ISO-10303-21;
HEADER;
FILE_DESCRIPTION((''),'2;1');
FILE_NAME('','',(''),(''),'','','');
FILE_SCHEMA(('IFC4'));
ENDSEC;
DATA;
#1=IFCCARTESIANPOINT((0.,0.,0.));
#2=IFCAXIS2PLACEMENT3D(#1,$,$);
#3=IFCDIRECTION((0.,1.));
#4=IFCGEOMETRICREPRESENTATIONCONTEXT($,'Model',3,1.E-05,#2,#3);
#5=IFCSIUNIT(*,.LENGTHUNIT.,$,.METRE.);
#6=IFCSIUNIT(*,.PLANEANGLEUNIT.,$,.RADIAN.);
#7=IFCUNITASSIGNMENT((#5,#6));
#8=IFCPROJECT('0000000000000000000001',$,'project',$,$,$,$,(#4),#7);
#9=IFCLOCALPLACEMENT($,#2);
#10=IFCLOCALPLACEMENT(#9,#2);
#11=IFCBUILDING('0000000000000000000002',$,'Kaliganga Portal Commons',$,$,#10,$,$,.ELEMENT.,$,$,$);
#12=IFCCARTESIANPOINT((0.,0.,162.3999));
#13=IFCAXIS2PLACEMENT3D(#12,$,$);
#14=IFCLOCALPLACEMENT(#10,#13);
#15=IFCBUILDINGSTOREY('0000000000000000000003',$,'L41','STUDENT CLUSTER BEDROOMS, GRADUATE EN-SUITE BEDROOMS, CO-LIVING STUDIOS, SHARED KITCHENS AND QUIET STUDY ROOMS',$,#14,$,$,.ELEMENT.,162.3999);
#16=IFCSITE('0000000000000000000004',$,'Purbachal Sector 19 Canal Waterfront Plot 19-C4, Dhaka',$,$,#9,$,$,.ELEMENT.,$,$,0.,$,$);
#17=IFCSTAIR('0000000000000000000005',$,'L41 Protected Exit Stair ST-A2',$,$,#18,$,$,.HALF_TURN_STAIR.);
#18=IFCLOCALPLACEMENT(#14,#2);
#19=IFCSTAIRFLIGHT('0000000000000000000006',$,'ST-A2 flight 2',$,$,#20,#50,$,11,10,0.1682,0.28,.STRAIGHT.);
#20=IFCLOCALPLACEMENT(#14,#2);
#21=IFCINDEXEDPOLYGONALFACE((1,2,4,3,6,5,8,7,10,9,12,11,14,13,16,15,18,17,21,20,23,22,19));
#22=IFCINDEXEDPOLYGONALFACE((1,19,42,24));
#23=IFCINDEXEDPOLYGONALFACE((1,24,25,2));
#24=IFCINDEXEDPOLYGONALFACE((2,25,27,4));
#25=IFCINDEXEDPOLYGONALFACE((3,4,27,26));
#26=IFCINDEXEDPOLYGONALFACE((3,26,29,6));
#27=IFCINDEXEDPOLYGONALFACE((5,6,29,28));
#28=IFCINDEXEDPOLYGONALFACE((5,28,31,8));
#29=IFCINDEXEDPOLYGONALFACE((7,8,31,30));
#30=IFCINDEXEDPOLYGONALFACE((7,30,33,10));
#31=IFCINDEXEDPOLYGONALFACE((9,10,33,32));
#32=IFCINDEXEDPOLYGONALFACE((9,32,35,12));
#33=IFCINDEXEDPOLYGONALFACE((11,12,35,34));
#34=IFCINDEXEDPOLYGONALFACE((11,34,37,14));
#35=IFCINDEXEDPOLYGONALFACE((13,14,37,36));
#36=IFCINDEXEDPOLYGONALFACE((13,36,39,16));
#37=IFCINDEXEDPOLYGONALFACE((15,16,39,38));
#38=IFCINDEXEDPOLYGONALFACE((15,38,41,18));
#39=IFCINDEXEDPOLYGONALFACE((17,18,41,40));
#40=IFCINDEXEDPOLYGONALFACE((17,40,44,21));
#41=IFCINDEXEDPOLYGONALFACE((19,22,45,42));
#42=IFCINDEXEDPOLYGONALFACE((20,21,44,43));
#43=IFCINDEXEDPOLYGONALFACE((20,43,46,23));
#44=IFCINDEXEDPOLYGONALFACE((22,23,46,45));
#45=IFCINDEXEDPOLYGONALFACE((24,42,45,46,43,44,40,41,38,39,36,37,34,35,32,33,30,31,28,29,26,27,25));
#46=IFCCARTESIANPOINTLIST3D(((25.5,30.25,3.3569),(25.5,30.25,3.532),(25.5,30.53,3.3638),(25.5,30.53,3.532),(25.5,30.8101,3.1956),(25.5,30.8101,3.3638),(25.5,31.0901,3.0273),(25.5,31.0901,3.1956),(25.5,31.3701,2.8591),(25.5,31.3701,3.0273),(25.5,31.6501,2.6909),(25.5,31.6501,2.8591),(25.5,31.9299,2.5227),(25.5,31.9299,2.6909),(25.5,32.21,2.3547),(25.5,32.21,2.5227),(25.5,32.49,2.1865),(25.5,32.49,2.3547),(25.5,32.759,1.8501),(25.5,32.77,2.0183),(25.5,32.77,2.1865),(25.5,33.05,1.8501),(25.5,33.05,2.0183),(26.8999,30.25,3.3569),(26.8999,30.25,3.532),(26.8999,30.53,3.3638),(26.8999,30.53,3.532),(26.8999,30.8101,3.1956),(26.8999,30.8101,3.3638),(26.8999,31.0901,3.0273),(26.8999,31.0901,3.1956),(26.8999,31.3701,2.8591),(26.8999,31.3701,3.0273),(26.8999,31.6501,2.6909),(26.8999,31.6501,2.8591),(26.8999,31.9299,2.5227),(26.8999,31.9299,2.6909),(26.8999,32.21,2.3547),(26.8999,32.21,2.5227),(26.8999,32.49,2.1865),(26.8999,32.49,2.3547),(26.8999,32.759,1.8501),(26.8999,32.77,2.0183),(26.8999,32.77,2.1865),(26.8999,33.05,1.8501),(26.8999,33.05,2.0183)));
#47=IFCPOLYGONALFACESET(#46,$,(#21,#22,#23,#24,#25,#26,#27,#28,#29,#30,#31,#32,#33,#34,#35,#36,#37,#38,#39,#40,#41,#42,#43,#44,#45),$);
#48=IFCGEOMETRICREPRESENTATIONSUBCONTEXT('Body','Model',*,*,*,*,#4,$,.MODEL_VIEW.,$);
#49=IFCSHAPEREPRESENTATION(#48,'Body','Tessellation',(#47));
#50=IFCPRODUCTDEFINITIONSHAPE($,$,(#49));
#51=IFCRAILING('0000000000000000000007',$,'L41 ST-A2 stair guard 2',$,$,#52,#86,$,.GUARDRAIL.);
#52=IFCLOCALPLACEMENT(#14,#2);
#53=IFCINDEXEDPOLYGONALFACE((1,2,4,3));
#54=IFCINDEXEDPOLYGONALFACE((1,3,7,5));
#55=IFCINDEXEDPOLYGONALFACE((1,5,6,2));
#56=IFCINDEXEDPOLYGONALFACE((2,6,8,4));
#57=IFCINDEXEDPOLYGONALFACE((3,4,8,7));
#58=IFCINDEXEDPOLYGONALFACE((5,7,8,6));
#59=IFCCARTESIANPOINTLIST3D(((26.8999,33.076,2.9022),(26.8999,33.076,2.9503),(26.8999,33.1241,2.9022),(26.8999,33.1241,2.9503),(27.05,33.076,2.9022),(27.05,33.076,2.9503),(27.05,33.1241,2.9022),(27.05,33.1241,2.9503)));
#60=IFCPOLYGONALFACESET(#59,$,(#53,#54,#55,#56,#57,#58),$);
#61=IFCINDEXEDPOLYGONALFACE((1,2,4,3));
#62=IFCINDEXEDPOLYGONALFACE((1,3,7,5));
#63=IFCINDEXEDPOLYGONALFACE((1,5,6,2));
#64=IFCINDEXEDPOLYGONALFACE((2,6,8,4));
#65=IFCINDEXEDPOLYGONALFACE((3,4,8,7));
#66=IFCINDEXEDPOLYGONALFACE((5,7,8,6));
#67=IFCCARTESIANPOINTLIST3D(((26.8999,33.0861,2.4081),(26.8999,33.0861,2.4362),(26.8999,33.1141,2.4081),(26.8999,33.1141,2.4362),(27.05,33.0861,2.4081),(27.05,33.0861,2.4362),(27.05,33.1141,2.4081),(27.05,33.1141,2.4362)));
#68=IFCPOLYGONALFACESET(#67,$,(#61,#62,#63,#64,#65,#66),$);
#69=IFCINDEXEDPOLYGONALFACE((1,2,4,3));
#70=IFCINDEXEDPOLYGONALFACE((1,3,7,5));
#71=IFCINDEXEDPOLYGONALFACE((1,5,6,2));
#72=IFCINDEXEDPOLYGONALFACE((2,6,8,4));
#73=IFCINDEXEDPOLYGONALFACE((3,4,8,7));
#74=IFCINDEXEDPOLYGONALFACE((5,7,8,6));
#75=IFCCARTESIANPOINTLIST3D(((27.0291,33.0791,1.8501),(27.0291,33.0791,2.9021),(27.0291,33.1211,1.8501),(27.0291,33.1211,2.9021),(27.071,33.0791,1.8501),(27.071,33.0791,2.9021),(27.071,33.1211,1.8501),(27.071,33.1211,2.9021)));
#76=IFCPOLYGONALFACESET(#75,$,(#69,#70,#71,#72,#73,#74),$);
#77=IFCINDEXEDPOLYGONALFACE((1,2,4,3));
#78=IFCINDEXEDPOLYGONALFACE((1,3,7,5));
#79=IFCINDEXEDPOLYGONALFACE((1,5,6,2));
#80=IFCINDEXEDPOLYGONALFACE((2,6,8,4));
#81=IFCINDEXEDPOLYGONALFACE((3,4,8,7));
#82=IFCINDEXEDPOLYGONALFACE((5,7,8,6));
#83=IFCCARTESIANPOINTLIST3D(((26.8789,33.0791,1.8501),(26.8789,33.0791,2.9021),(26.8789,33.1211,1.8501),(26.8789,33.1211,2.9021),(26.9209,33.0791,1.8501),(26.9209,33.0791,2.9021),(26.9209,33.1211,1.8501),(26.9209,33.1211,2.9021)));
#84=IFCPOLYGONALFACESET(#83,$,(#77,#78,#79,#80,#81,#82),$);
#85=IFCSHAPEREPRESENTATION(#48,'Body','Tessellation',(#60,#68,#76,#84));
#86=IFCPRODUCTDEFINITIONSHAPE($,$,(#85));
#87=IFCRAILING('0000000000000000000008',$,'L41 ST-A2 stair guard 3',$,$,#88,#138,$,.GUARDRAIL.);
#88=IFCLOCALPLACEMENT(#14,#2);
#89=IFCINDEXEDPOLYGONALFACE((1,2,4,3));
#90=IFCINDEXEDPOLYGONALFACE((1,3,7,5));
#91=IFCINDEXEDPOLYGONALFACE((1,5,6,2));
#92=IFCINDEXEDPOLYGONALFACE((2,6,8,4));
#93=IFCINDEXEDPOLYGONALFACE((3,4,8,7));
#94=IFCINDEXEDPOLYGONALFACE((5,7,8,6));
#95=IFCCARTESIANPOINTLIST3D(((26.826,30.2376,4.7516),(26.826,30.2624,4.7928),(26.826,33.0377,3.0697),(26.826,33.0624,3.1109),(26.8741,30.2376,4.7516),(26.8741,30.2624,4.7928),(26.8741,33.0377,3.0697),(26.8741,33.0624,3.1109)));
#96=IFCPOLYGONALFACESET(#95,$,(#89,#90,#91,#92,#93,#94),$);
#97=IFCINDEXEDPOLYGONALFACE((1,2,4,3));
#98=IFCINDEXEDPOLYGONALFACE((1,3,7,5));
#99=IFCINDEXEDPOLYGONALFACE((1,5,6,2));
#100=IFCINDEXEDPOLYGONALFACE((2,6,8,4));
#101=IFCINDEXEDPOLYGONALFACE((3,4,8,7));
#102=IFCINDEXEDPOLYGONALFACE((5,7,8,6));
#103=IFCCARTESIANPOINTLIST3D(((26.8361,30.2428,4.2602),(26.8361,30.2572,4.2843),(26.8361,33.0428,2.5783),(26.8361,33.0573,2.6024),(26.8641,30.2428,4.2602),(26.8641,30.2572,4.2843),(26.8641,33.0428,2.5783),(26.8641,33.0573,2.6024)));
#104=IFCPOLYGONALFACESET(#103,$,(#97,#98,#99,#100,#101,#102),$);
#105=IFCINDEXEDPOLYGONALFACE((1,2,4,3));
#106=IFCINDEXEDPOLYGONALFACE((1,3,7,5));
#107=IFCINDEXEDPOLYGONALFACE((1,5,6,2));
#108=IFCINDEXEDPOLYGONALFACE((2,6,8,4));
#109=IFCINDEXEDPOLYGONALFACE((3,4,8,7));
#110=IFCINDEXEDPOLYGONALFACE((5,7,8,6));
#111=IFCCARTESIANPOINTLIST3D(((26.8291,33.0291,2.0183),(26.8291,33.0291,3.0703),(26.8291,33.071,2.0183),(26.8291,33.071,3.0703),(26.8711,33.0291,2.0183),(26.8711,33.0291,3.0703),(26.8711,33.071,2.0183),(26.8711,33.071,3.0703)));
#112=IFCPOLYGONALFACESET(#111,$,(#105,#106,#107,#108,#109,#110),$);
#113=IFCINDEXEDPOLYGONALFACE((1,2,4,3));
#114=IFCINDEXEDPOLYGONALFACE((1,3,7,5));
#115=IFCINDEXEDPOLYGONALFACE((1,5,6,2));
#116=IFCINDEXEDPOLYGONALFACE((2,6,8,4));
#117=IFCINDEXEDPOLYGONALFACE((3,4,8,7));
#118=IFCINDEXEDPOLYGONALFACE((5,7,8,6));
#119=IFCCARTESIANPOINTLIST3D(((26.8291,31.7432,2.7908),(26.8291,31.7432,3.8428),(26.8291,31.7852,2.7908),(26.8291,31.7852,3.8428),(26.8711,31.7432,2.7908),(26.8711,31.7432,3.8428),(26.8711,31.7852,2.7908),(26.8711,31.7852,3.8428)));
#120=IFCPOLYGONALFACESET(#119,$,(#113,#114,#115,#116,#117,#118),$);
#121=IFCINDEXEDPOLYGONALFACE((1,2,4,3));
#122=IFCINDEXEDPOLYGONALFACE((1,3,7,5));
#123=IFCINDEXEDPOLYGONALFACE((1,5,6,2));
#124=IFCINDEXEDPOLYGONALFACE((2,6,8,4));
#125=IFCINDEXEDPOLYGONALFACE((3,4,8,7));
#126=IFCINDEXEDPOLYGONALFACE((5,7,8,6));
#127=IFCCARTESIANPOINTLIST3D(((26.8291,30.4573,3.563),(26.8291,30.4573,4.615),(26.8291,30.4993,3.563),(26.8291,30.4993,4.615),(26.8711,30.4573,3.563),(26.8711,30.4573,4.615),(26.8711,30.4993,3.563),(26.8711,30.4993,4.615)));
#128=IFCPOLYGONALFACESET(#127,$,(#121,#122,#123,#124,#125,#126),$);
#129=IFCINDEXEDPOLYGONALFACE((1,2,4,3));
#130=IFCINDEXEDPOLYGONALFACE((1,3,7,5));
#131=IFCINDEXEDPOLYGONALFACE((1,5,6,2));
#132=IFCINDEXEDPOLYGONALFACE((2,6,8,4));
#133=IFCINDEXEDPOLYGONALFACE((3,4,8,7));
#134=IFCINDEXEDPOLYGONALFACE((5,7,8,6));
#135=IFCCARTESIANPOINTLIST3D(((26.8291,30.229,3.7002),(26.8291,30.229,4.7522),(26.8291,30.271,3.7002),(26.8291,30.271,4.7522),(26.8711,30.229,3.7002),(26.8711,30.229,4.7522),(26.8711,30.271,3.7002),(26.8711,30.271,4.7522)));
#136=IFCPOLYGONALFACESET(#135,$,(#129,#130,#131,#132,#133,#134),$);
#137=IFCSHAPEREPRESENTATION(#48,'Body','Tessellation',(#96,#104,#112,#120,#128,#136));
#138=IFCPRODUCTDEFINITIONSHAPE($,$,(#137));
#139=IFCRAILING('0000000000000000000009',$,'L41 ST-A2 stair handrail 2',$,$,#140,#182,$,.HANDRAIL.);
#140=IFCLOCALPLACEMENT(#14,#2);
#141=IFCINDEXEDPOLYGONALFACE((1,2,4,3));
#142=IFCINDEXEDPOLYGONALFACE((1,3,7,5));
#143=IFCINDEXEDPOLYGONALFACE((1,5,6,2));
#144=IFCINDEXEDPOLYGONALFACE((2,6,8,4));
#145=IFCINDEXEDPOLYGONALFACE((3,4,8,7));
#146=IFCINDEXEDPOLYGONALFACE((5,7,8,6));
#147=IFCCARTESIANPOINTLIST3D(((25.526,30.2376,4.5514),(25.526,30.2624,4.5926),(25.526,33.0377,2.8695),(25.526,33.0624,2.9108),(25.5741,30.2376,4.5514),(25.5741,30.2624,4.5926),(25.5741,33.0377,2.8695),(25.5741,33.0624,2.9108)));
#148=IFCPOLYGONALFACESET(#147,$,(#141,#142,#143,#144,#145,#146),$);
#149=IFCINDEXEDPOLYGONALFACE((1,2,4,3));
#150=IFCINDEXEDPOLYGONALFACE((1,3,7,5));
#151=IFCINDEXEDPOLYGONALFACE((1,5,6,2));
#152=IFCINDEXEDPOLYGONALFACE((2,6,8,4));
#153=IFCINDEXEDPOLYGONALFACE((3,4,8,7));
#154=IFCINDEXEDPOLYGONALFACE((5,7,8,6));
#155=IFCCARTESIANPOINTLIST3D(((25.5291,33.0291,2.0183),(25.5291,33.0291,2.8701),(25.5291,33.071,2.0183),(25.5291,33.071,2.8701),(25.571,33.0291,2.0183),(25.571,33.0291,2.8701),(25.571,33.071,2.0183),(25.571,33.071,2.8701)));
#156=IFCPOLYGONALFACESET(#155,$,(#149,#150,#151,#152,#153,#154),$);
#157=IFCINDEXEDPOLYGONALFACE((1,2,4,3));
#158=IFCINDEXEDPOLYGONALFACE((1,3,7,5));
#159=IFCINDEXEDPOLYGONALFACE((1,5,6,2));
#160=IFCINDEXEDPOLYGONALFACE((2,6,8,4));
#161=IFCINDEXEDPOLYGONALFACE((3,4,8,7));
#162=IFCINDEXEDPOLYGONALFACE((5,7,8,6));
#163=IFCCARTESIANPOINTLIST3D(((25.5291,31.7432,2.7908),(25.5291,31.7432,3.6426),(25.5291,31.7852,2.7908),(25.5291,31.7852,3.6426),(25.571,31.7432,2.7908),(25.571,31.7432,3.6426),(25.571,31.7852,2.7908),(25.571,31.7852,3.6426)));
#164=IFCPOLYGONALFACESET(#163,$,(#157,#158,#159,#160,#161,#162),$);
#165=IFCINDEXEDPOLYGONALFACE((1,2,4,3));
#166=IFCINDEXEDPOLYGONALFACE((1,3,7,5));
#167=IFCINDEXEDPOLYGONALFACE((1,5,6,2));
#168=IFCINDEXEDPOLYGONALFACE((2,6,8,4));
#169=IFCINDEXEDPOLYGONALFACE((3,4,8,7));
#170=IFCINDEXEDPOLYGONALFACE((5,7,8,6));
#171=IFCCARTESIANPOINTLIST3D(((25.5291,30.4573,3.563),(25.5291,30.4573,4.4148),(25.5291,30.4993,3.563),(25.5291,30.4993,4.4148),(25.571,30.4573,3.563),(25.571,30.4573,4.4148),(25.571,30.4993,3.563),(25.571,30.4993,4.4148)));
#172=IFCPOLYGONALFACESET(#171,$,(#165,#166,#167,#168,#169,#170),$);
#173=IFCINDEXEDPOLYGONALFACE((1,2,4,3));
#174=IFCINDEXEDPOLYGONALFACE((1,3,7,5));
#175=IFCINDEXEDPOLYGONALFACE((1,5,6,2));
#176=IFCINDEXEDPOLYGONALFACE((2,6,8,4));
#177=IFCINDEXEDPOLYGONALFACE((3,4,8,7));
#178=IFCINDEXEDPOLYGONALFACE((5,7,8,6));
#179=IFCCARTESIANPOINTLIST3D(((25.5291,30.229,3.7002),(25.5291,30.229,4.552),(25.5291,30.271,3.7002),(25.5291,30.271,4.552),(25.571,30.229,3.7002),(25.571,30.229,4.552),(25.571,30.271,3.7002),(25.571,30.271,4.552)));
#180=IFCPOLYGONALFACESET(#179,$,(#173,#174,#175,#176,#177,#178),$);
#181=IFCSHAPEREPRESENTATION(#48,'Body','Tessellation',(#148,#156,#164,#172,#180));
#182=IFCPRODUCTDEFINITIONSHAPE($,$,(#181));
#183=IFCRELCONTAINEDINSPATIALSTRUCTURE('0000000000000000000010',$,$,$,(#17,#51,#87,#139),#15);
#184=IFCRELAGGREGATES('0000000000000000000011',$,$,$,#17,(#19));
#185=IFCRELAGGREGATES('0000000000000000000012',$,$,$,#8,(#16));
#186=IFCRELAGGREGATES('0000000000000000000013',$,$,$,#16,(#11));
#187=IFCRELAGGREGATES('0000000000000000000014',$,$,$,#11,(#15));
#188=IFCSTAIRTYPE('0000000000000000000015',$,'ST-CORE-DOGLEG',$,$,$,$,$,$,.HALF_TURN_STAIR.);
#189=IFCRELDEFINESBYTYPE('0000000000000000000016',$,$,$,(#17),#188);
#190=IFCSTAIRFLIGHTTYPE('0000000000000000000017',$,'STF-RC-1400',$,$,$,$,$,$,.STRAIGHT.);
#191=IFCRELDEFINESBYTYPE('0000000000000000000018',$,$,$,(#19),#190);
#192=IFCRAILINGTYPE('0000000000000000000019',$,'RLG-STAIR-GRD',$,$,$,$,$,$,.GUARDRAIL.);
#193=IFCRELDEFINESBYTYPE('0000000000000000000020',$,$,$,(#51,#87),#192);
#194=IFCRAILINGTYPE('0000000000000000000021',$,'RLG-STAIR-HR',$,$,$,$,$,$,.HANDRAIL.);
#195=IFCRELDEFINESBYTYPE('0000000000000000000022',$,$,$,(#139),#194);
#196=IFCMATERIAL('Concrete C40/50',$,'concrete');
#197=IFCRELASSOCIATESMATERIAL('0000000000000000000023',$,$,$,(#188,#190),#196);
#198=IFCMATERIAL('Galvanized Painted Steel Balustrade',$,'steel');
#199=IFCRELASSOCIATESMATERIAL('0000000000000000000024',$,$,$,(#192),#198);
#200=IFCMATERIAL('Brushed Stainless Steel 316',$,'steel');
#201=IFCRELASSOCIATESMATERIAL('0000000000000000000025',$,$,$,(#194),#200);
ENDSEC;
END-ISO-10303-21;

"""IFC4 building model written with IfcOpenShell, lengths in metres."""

from ifc_helpers import new_model, si_unit, direction, frame, origin, origin_2d, place, context, subcontext, project, spatial, polyline, rectangle, outline, extrude, material, type_object, element, aggregate, save


model = new_model("IFC4")

# Units and contexts
model_context = context("Model", 3, precision=1e-05, world=origin(), true_north=direction((0.0, 1.0)))
body_context = subcontext(model_context, "Body", "Model", "MODEL_VIEW")
ifc_project = project(units=[si_unit("LENGTHUNIT", "METRE"), si_unit("PLANEANGLEUNIT", "RADIAN")], contexts=[model_context])

# Site, building, storey
site_placement = place(None, origin())
site = spatial("IfcSite", under=ifc_project, at=site_placement, Name="Purbachal Sector 19 Canal Waterfront Plot 19-C4, Dhaka", CompositionType="ELEMENT", RefElevation=0.0)
building_placement = place(site_placement, origin())
building = spatial("IfcBuilding", under=site, at=building_placement, Name="Kaliganga Portal Commons", CompositionType="ELEMENT")
storey_placement = place(building_placement, frame((0.0, 0.0, 162.3999)))
storey = spatial("IfcBuildingStorey", under=building, at=storey_placement, Name="L41", Description="STUDENT CLUSTER BEDROOMS, GRADUATE EN-SUITE BEDROOMS, CO-LIVING STUDIOS, SHARED KITCHENS AND QUIET STUDY ROOMS", CompositionType="ELEMENT", Elevation=162.3999)

# Stair, stair flight
ifc_material_1 = material(Name="Concrete C40/50", Category="concrete")
stair_type = type_object("IfcStairType", Name="ST-CORE-DOGLEG", PredefinedType="HALF_TURN_STAIR", material=ifc_material_1)
stair_placement = place(storey_placement, origin())
stair = element("IfcStair", 1, at=stair_placement, inside=storey, type_object=stair_type, Name="L41 Protected Exit Stair ST-A2", PredefinedType="HALF_TURN_STAIR")
stair_flight_type = type_object("IfcStairFlightType", Name="STF-RC-1400", PredefinedType="STRAIGHT", material=ifc_material_1)
stair_flight_placement = place(storey_placement, frame((26.2, 33.05, 1.8501), z_axis=(0.0, 0.0, 1.0), x_axis=(0.0, -1.0, 0.0)))
stair_flight = element("IfcStairFlight", 2, at=stair_flight_placement, type_object=stair_flight_type, Name="ST-A2 flight 2", NumberOfRisers=11, NumberOfTreads=10, PredefinedType="STRAIGHT", RiserHeight=0.1682, TreadLength=0.28, context=body_context, shape_type="SweptSolid", body=[
    extrude(outline(polyline([(0.0, 0.0), (0.0, 0.1682), (0.28, 0.1682), (0.28, 0.3364), (0.5601, 0.3364), (0.5601, 0.5046), (0.8401, 0.5046), (0.8401, 0.6726), (1.1201, 0.6726), (1.1201, 0.8408), (1.3999, 0.8408), (1.3999, 1.009), (1.6799, 1.009), (1.6799, 1.1772), (1.96, 1.1772), (1.96, 1.3455), (2.24, 1.3455), (2.24, 1.5137), (2.52, 1.5137), (2.52, 1.6819), (2.8, 1.6819), (2.8, 1.8501), (2.8, 1.5068), (0.291, 0.0), (0.0, 0.0)])), frame((0.0, 0.7, 0.0), z_axis=(0.0, -1.0, 0.0), x_axis=(1.0, 0.0, 0.0)), (0.0, 0.0, 1.0), 1.3999),
])
aggregate(stair, [stair_flight])

# Railings
ifc_material_2 = material(Name="Galvanized Painted Steel Balustrade", Category="steel")
railing_type_1 = type_object("IfcRailingType", Name="RLG-STAIR-GRD", PredefinedType="GUARDRAIL", material=ifc_material_2)
railing_1_placement = place(storey_placement, frame((27.05, 33.1001, 1.8501)))
element("IfcRailing", 3, at=railing_1_placement, inside=storey, type_object=railing_type_1, Name="L41 ST-A2 stair guard 2", PredefinedType="GUARDRAIL", context=body_context, shape_type="SweptSolid", body=[
    extrude(rectangle(XDim=0.0481, YDim=0.0481, at=origin_2d()), frame((0.0, 0.0, 1.0762), z_axis=(-1.0, 0.0, 0.0), x_axis=(0.0, -1.0, 0.0)), (0.0, 0.0, 1.0), 0.1501),
    extrude(rectangle(XDim=0.0281, YDim=0.0281, at=origin_2d()), frame((0.0, 0.0, 0.572), z_axis=(-1.0, 0.0, 0.0), x_axis=(0.0, -1.0, 0.0)), (0.0, 0.0, 1.0), 0.1501),
    extrude(rectangle(XDim=0.042, YDim=0.042, at=origin_2d()), origin(), (0.0, 0.0, 1.0), 1.052),
    extrude(rectangle(XDim=0.042, YDim=0.042, at=origin_2d()), frame((-0.1501, 0.0, 0.0)), (0.0, 0.0, 1.0), 1.052),
])
railing_2_placement = place(storey_placement, frame((26.8501, 33.05, 2.0183)))
element("IfcRailing", 4, at=railing_2_placement, inside=storey, type_object=railing_type_1, Name="L41 ST-A2 stair guard 3", PredefinedType="GUARDRAIL", context=body_context, shape_type="SweptSolid", body=[
    extrude(rectangle(XDim=0.0481, YDim=0.0481, at=origin_2d()), frame((0.0, 0.0, 1.072), z_axis=(0.0, -0.857242, 0.514913), x_axis=(1.0, 0.0, 0.0)), (0.0, 0.0, 1.0), 3.2664),
    extrude(rectangle(XDim=0.0281, YDim=0.0281, at=origin_2d()), frame((0.0, 0.0, 0.572), z_axis=(0.0, -0.857242, 0.514913), x_axis=(1.0, 0.0, 0.0)), (0.0, 0.0, 1.0), 3.2664),
    extrude(rectangle(XDim=0.042, YDim=0.042, at=origin_2d()), origin(), (0.0, 0.0, 1.0), 1.052),
    extrude(rectangle(XDim=0.042, YDim=0.042, at=origin_2d()), frame((0.0, -1.2859, 0.7725)), (0.0, 0.0, 1.0), 1.052),
    extrude(rectangle(XDim=0.042, YDim=0.042, at=origin_2d()), frame((0.0, -2.5718, 1.5447)), (0.0, 0.0, 1.0), 1.052),
    extrude(rectangle(XDim=0.042, YDim=0.042, at=origin_2d()), frame((0.0, -2.8, 1.6819)), (0.0, 0.0, 1.0), 1.052),
])
ifc_material_3 = material(Name="Brushed Stainless Steel 316", Category="steel")
railing_type_2 = type_object("IfcRailingType", Name="RLG-STAIR-HR", PredefinedType="HANDRAIL", material=ifc_material_3)
railing_3_placement = place(storey_placement, frame((25.55, 33.05, 2.0183)))
element("IfcRailing", 5, at=railing_3_placement, inside=storey, type_object=railing_type_2, Name="L41 ST-A2 stair handrail 2", PredefinedType="HANDRAIL", context=body_context, shape_type="SweptSolid", body=[
    extrude(rectangle(XDim=0.0481, YDim=0.0481, at=origin_2d()), frame((0.0, 0.0, 0.8718), z_axis=(0.0, -0.857242, 0.514913), x_axis=(1.0, 0.0, 0.0)), (0.0, 0.0, 1.0), 3.2664),
    extrude(rectangle(XDim=0.042, YDim=0.042, at=origin_2d()), origin(), (0.0, 0.0, 1.0), 0.8518),
    extrude(rectangle(XDim=0.042, YDim=0.042, at=origin_2d()), frame((0.0, -1.2859, 0.7725)), (0.0, 0.0, 1.0), 0.8518),
    extrude(rectangle(XDim=0.042, YDim=0.042, at=origin_2d()), frame((0.0, -2.5718, 1.5447)), (0.0, 0.0, 1.0), 0.8518),
    extrude(rectangle(XDim=0.042, YDim=0.042, at=origin_2d()), frame((0.0, -2.8, 1.6819)), (0.0, 0.0, 1.0), 0.8518),
])

save(model, "model.ifc")
